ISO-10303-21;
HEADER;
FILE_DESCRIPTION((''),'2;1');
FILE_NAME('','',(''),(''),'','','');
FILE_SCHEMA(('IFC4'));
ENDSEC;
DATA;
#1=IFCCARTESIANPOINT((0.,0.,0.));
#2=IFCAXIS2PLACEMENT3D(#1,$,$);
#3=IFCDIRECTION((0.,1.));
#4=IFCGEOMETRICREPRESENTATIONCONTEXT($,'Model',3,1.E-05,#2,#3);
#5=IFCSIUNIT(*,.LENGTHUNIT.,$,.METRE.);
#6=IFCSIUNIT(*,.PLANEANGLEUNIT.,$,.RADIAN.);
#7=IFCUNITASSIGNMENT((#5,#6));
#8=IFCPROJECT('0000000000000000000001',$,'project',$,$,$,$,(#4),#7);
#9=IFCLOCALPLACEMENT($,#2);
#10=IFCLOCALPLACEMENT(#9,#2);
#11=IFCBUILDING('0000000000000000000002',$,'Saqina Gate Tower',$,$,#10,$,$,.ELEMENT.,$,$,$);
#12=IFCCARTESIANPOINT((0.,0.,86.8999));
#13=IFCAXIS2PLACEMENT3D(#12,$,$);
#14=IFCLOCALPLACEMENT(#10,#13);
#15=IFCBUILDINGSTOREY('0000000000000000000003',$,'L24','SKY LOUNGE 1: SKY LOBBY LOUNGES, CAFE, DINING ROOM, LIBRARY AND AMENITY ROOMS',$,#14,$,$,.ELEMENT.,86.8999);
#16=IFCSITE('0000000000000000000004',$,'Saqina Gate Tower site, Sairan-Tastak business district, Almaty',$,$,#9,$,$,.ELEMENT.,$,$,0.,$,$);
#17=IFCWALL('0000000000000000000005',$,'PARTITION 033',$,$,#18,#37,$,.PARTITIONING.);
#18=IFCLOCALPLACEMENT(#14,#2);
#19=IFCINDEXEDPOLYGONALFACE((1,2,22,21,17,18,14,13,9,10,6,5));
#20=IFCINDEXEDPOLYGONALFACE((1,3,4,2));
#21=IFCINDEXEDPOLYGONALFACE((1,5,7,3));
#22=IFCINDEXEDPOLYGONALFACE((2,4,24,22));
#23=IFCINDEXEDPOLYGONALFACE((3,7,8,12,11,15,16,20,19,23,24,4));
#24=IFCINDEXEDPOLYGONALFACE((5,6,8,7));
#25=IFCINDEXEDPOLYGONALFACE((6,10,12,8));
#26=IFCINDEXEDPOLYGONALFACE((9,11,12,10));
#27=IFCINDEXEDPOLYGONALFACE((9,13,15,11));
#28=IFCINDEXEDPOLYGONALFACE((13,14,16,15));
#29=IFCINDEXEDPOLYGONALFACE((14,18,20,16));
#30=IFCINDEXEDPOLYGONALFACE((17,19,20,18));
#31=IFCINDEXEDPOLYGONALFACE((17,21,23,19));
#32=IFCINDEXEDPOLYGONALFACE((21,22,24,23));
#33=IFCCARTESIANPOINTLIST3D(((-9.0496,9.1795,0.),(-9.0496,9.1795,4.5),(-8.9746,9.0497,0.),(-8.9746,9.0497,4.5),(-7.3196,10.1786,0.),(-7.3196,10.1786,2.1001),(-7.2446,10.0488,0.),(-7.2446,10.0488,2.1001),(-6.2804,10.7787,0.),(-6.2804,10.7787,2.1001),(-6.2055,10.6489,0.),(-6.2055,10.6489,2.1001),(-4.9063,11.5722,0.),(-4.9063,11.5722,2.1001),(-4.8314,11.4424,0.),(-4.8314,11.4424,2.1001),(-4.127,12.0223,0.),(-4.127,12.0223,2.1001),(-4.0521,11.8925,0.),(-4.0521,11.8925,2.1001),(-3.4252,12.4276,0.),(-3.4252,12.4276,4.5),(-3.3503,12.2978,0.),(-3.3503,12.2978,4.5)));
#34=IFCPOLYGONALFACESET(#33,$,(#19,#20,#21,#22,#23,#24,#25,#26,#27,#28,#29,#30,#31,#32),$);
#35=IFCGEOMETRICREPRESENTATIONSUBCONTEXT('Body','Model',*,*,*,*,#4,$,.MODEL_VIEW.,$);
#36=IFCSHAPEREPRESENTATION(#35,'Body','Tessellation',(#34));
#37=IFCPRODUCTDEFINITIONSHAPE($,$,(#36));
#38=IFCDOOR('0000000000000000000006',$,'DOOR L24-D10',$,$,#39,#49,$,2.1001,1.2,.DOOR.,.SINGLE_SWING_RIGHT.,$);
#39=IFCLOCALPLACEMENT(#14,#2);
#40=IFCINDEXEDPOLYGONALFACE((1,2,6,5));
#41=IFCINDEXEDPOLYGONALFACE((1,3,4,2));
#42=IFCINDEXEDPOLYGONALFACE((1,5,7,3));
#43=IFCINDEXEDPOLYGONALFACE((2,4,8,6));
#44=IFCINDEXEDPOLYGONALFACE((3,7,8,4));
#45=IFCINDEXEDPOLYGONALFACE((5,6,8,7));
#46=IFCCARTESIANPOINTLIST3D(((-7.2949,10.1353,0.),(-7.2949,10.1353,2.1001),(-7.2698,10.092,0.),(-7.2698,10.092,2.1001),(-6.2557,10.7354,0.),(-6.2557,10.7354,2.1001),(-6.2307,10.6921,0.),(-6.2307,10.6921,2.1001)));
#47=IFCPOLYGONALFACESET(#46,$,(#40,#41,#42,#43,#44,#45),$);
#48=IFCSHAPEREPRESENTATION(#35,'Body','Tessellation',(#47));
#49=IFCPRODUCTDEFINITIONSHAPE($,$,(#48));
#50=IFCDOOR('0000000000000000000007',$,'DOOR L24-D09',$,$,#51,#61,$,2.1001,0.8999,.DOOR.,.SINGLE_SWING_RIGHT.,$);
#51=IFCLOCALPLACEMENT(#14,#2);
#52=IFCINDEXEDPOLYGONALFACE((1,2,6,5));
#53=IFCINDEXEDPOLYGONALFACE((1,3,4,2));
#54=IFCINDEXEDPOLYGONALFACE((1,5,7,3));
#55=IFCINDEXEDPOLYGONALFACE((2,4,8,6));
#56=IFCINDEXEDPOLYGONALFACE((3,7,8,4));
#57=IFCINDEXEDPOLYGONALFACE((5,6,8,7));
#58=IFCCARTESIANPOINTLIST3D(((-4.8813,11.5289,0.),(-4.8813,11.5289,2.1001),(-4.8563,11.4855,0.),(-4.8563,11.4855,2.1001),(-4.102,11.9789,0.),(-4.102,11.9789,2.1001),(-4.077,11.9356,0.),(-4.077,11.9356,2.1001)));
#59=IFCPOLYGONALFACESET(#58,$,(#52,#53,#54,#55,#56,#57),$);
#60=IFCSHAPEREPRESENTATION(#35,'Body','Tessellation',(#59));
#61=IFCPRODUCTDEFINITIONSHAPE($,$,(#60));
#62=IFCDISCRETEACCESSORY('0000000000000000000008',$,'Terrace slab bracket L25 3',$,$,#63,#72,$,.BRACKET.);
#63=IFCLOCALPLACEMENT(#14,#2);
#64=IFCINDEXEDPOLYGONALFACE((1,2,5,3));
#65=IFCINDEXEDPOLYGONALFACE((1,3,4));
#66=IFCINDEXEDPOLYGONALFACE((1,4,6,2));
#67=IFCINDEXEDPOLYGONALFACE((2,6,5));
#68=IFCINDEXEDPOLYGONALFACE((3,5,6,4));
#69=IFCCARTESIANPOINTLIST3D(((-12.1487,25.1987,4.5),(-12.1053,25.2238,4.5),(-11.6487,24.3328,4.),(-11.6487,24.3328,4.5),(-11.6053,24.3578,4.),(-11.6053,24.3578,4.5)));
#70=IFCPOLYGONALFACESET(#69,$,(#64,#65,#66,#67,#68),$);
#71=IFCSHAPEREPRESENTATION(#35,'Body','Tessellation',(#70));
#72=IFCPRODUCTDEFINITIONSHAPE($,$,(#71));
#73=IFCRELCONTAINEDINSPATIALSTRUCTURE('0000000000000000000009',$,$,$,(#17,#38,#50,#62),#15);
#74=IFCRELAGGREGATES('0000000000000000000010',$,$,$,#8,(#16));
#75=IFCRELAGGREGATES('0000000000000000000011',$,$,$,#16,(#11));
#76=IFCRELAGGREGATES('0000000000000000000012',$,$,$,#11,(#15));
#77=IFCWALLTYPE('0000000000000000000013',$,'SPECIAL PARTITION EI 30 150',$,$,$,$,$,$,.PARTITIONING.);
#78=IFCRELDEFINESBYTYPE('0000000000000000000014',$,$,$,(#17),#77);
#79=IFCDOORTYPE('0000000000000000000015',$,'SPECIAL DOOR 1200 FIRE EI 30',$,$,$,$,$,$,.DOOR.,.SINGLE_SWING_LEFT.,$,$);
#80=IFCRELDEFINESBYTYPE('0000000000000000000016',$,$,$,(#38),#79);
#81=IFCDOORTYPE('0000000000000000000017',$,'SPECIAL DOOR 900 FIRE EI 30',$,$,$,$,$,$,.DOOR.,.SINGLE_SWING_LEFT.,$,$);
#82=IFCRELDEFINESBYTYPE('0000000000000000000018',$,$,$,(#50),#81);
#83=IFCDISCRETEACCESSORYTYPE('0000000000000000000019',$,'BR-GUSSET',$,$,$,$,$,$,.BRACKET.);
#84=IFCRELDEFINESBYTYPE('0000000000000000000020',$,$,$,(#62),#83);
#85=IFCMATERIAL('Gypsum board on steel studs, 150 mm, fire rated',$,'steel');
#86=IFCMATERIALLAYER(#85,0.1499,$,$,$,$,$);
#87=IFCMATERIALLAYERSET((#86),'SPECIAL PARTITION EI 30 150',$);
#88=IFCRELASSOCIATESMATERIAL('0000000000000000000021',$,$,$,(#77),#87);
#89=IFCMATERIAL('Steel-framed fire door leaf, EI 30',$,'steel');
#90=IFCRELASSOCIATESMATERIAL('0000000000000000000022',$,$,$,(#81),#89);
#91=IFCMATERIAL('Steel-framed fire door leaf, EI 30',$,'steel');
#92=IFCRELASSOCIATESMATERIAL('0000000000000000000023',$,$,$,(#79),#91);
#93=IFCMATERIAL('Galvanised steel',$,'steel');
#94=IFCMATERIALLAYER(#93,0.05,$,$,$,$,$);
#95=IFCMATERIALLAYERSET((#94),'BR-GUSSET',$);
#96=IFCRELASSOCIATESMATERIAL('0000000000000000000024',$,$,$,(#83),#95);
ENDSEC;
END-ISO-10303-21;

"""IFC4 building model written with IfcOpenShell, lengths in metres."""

from ifc_helpers import new_model, si_unit, direction, frame, frame_2d, origin, place, context, subcontext, project, spatial, polyline, rectangle, outline, extrude, material, layer, layer_set, type_object, element, fill, save


model = new_model("IFC4")

# Units and contexts
model_context = context("Model", 3, precision=1e-05, world=origin(), true_north=direction((0.0, 1.0)))
body_context = subcontext(model_context, "Body", "Model", "MODEL_VIEW")
ifc_project = project(units=[si_unit("LENGTHUNIT", "METRE"), si_unit("PLANEANGLEUNIT", "RADIAN")], contexts=[model_context])

# Site, building, storey
site_placement = place(None, origin())
site = spatial("IfcSite", under=ifc_project, at=site_placement, Name="Saqina Gate Tower site, Sairan-Tastak business district, Almaty", CompositionType="ELEMENT", RefElevation=0.0)
building_placement = place(site_placement, origin())
building = spatial("IfcBuilding", under=site, at=building_placement, Name="Saqina Gate Tower", CompositionType="ELEMENT")
storey_placement = place(building_placement, frame((0.0, 0.0, 86.8999)))
storey = spatial("IfcBuildingStorey", under=building, at=storey_placement, Name="L24", Description="SKY LOUNGE 1: SKY LOBBY LOUNGES, CAFE, DINING ROOM, LIBRARY AND AMENITY ROOMS", CompositionType="ELEMENT", Elevation=86.8999)

# Shared definitions
ifc_material_1 = material(Name="Gypsum board on steel studs, 150 mm, fire rated", Category="steel")
ifc_layer_1 = layer(ifc_material_1, 0.1499)
ifc_layer_set_1 = layer_set([ifc_layer_1], Name="SPECIAL PARTITION EI 30 150")
wall_type_1 = type_object("IfcWallType", Name="SPECIAL PARTITION EI 30 150", PredefinedType="PARTITIONING", material=ifc_layer_set_1)
ifc_material_2 = material(Name="Steel-framed fire door leaf, EI 30", Category="steel")
door_type_1 = type_object("IfcDoorType", Name="SPECIAL DOOR 900 FIRE EI 30", OperationType="SINGLE_SWING_LEFT", PredefinedType="DOOR", material=ifc_material_2)

# Wall, openings, doors
wall_1_placement = place(storey_placement, frame((-9.0122, 9.1145, 0.0), z_axis=(0.0, 0.0, 1.0), x_axis=(0.865967, 0.500101, 0.0)))
wall_1 = element("IfcWall", 1, at=wall_1_placement, inside=storey, type_object=wall_type_1, Name="PARTITION 033", PredefinedType="PARTITIONING", context=body_context, shape_type="SweptSolid", body=[
    extrude(rectangle(XDim=6.4949, YDim=0.1499, at=frame_2d((3.2476, 0.0))), origin(), (0.0, 0.0, 1.0), 4.5),
])
opening_1_placement = place(wall_1_placement, frame((4.7847, 0.0, 0.0)))
opening_1 = element("IfcOpeningElement", 2, at=opening_1_placement, cuts=wall_1, PredefinedType="OPENING", context=body_context, shape_type="SweptSolid", body=[
    extrude(rectangle(XDim=0.8999, YDim=2.1001, at=frame_2d((0.45, 1.05))), frame((0.0, 0.0869, 0.0), z_axis=(0.0, -1.0, 0.0), x_axis=(1.0, 0.0, 0.0)), (0.0, 0.0, 1.0), 0.1738),
])
opening_2_placement = place(wall_1_placement, frame((1.9978, 0.0, 0.0)))
opening_2 = element("IfcOpeningElement", 3, at=opening_2_placement, cuts=wall_1, PredefinedType="OPENING", context=body_context, shape_type="SweptSolid", body=[
    extrude(rectangle(XDim=1.2, YDim=2.1001, at=frame_2d((0.6001, 1.05))), frame((0.0, 0.0869, 0.0), z_axis=(0.0, -1.0, 0.0), x_axis=(1.0, 0.0, 0.0)), (0.0, 0.0, 1.0), 0.1738),
])
ifc_material_3 = material(Name="Steel-framed fire door leaf, EI 30", Category="steel")
door_type_2 = type_object("IfcDoorType", Name="SPECIAL DOOR 1200 FIRE EI 30", OperationType="SINGLE_SWING_LEFT", PredefinedType="DOOR", material=ifc_material_3)
door_1_placement = place(opening_2_placement, frame((1.2, 0.0, 0.0), z_axis=(0.0, 0.0, 1.0), x_axis=(-1.0, 0.0, 0.0)))
door_1 = element("IfcDoor", 4, at=door_1_placement, inside=storey, type_object=door_type_2, Name="DOOR L24-D10", OperationType="SINGLE_SWING_RIGHT", OverallHeight=2.1001, OverallWidth=1.2, PredefinedType="DOOR", context=body_context, shape_type="SweptSolid", body=[
    extrude(rectangle(XDim=1.2, YDim=2.1001, at=frame_2d((0.6001, 1.05))), frame((0.0, 0.0249, 0.0), z_axis=(0.0, -1.0, 0.0), x_axis=(1.0, 0.0, 0.0)), (0.0, 0.0, 1.0), 0.05),
])
fill(opening_2, door_1)
door_2_placement = place(opening_1_placement, origin())
door_2 = element("IfcDoor", 5, at=door_2_placement, inside=storey, type_object=door_type_1, Name="DOOR L24-D09", OperationType="SINGLE_SWING_RIGHT", OverallHeight=2.1001, OverallWidth=0.8999, PredefinedType="DOOR", context=body_context, shape_type="SweptSolid", body=[
    extrude(rectangle(XDim=0.8999, YDim=2.1001, at=frame_2d((0.45, 1.05))), frame((0.0, 0.0249, 0.0), z_axis=(0.0, -1.0, 0.0), x_axis=(1.0, 0.0, 0.0)), (0.0, 0.0, 1.0), 0.05),
])
fill(opening_1, door_2)

# Discrete accessory
ifc_material_4 = material(Name="Galvanised steel", Category="steel")
ifc_layer_2 = layer(ifc_material_4, 0.05)
ifc_layer_set_2 = layer_set([ifc_layer_2], Name="BR-GUSSET")
discrete_accessory_type = type_object("IfcDiscreteAccessoryType", Name="BR-GUSSET", PredefinedType="BRACKET", material=ifc_layer_set_2)
discrete_accessory_placement = place(storey_placement, frame((-11.6487, 24.3328, 4.0), z_axis=(-0.866011, -0.500025, 0.0), x_axis=(0.0, 0.0, 1.0)))
element("IfcDiscreteAccessory", 6, at=discrete_accessory_placement, inside=storey, type_object=discrete_accessory_type, Name="Terrace slab bracket L25 3", PredefinedType="BRACKET", context=body_context, shape_type="SweptSolid", body=[
    extrude(outline(polyline([(0.0, 0.0), (0.5, 0.0), (0.5, 0.9999), (0.0, 0.0)])), origin(), (0.0, 0.0, -1.0), 0.05),
])

save(model, "model.ifc")
